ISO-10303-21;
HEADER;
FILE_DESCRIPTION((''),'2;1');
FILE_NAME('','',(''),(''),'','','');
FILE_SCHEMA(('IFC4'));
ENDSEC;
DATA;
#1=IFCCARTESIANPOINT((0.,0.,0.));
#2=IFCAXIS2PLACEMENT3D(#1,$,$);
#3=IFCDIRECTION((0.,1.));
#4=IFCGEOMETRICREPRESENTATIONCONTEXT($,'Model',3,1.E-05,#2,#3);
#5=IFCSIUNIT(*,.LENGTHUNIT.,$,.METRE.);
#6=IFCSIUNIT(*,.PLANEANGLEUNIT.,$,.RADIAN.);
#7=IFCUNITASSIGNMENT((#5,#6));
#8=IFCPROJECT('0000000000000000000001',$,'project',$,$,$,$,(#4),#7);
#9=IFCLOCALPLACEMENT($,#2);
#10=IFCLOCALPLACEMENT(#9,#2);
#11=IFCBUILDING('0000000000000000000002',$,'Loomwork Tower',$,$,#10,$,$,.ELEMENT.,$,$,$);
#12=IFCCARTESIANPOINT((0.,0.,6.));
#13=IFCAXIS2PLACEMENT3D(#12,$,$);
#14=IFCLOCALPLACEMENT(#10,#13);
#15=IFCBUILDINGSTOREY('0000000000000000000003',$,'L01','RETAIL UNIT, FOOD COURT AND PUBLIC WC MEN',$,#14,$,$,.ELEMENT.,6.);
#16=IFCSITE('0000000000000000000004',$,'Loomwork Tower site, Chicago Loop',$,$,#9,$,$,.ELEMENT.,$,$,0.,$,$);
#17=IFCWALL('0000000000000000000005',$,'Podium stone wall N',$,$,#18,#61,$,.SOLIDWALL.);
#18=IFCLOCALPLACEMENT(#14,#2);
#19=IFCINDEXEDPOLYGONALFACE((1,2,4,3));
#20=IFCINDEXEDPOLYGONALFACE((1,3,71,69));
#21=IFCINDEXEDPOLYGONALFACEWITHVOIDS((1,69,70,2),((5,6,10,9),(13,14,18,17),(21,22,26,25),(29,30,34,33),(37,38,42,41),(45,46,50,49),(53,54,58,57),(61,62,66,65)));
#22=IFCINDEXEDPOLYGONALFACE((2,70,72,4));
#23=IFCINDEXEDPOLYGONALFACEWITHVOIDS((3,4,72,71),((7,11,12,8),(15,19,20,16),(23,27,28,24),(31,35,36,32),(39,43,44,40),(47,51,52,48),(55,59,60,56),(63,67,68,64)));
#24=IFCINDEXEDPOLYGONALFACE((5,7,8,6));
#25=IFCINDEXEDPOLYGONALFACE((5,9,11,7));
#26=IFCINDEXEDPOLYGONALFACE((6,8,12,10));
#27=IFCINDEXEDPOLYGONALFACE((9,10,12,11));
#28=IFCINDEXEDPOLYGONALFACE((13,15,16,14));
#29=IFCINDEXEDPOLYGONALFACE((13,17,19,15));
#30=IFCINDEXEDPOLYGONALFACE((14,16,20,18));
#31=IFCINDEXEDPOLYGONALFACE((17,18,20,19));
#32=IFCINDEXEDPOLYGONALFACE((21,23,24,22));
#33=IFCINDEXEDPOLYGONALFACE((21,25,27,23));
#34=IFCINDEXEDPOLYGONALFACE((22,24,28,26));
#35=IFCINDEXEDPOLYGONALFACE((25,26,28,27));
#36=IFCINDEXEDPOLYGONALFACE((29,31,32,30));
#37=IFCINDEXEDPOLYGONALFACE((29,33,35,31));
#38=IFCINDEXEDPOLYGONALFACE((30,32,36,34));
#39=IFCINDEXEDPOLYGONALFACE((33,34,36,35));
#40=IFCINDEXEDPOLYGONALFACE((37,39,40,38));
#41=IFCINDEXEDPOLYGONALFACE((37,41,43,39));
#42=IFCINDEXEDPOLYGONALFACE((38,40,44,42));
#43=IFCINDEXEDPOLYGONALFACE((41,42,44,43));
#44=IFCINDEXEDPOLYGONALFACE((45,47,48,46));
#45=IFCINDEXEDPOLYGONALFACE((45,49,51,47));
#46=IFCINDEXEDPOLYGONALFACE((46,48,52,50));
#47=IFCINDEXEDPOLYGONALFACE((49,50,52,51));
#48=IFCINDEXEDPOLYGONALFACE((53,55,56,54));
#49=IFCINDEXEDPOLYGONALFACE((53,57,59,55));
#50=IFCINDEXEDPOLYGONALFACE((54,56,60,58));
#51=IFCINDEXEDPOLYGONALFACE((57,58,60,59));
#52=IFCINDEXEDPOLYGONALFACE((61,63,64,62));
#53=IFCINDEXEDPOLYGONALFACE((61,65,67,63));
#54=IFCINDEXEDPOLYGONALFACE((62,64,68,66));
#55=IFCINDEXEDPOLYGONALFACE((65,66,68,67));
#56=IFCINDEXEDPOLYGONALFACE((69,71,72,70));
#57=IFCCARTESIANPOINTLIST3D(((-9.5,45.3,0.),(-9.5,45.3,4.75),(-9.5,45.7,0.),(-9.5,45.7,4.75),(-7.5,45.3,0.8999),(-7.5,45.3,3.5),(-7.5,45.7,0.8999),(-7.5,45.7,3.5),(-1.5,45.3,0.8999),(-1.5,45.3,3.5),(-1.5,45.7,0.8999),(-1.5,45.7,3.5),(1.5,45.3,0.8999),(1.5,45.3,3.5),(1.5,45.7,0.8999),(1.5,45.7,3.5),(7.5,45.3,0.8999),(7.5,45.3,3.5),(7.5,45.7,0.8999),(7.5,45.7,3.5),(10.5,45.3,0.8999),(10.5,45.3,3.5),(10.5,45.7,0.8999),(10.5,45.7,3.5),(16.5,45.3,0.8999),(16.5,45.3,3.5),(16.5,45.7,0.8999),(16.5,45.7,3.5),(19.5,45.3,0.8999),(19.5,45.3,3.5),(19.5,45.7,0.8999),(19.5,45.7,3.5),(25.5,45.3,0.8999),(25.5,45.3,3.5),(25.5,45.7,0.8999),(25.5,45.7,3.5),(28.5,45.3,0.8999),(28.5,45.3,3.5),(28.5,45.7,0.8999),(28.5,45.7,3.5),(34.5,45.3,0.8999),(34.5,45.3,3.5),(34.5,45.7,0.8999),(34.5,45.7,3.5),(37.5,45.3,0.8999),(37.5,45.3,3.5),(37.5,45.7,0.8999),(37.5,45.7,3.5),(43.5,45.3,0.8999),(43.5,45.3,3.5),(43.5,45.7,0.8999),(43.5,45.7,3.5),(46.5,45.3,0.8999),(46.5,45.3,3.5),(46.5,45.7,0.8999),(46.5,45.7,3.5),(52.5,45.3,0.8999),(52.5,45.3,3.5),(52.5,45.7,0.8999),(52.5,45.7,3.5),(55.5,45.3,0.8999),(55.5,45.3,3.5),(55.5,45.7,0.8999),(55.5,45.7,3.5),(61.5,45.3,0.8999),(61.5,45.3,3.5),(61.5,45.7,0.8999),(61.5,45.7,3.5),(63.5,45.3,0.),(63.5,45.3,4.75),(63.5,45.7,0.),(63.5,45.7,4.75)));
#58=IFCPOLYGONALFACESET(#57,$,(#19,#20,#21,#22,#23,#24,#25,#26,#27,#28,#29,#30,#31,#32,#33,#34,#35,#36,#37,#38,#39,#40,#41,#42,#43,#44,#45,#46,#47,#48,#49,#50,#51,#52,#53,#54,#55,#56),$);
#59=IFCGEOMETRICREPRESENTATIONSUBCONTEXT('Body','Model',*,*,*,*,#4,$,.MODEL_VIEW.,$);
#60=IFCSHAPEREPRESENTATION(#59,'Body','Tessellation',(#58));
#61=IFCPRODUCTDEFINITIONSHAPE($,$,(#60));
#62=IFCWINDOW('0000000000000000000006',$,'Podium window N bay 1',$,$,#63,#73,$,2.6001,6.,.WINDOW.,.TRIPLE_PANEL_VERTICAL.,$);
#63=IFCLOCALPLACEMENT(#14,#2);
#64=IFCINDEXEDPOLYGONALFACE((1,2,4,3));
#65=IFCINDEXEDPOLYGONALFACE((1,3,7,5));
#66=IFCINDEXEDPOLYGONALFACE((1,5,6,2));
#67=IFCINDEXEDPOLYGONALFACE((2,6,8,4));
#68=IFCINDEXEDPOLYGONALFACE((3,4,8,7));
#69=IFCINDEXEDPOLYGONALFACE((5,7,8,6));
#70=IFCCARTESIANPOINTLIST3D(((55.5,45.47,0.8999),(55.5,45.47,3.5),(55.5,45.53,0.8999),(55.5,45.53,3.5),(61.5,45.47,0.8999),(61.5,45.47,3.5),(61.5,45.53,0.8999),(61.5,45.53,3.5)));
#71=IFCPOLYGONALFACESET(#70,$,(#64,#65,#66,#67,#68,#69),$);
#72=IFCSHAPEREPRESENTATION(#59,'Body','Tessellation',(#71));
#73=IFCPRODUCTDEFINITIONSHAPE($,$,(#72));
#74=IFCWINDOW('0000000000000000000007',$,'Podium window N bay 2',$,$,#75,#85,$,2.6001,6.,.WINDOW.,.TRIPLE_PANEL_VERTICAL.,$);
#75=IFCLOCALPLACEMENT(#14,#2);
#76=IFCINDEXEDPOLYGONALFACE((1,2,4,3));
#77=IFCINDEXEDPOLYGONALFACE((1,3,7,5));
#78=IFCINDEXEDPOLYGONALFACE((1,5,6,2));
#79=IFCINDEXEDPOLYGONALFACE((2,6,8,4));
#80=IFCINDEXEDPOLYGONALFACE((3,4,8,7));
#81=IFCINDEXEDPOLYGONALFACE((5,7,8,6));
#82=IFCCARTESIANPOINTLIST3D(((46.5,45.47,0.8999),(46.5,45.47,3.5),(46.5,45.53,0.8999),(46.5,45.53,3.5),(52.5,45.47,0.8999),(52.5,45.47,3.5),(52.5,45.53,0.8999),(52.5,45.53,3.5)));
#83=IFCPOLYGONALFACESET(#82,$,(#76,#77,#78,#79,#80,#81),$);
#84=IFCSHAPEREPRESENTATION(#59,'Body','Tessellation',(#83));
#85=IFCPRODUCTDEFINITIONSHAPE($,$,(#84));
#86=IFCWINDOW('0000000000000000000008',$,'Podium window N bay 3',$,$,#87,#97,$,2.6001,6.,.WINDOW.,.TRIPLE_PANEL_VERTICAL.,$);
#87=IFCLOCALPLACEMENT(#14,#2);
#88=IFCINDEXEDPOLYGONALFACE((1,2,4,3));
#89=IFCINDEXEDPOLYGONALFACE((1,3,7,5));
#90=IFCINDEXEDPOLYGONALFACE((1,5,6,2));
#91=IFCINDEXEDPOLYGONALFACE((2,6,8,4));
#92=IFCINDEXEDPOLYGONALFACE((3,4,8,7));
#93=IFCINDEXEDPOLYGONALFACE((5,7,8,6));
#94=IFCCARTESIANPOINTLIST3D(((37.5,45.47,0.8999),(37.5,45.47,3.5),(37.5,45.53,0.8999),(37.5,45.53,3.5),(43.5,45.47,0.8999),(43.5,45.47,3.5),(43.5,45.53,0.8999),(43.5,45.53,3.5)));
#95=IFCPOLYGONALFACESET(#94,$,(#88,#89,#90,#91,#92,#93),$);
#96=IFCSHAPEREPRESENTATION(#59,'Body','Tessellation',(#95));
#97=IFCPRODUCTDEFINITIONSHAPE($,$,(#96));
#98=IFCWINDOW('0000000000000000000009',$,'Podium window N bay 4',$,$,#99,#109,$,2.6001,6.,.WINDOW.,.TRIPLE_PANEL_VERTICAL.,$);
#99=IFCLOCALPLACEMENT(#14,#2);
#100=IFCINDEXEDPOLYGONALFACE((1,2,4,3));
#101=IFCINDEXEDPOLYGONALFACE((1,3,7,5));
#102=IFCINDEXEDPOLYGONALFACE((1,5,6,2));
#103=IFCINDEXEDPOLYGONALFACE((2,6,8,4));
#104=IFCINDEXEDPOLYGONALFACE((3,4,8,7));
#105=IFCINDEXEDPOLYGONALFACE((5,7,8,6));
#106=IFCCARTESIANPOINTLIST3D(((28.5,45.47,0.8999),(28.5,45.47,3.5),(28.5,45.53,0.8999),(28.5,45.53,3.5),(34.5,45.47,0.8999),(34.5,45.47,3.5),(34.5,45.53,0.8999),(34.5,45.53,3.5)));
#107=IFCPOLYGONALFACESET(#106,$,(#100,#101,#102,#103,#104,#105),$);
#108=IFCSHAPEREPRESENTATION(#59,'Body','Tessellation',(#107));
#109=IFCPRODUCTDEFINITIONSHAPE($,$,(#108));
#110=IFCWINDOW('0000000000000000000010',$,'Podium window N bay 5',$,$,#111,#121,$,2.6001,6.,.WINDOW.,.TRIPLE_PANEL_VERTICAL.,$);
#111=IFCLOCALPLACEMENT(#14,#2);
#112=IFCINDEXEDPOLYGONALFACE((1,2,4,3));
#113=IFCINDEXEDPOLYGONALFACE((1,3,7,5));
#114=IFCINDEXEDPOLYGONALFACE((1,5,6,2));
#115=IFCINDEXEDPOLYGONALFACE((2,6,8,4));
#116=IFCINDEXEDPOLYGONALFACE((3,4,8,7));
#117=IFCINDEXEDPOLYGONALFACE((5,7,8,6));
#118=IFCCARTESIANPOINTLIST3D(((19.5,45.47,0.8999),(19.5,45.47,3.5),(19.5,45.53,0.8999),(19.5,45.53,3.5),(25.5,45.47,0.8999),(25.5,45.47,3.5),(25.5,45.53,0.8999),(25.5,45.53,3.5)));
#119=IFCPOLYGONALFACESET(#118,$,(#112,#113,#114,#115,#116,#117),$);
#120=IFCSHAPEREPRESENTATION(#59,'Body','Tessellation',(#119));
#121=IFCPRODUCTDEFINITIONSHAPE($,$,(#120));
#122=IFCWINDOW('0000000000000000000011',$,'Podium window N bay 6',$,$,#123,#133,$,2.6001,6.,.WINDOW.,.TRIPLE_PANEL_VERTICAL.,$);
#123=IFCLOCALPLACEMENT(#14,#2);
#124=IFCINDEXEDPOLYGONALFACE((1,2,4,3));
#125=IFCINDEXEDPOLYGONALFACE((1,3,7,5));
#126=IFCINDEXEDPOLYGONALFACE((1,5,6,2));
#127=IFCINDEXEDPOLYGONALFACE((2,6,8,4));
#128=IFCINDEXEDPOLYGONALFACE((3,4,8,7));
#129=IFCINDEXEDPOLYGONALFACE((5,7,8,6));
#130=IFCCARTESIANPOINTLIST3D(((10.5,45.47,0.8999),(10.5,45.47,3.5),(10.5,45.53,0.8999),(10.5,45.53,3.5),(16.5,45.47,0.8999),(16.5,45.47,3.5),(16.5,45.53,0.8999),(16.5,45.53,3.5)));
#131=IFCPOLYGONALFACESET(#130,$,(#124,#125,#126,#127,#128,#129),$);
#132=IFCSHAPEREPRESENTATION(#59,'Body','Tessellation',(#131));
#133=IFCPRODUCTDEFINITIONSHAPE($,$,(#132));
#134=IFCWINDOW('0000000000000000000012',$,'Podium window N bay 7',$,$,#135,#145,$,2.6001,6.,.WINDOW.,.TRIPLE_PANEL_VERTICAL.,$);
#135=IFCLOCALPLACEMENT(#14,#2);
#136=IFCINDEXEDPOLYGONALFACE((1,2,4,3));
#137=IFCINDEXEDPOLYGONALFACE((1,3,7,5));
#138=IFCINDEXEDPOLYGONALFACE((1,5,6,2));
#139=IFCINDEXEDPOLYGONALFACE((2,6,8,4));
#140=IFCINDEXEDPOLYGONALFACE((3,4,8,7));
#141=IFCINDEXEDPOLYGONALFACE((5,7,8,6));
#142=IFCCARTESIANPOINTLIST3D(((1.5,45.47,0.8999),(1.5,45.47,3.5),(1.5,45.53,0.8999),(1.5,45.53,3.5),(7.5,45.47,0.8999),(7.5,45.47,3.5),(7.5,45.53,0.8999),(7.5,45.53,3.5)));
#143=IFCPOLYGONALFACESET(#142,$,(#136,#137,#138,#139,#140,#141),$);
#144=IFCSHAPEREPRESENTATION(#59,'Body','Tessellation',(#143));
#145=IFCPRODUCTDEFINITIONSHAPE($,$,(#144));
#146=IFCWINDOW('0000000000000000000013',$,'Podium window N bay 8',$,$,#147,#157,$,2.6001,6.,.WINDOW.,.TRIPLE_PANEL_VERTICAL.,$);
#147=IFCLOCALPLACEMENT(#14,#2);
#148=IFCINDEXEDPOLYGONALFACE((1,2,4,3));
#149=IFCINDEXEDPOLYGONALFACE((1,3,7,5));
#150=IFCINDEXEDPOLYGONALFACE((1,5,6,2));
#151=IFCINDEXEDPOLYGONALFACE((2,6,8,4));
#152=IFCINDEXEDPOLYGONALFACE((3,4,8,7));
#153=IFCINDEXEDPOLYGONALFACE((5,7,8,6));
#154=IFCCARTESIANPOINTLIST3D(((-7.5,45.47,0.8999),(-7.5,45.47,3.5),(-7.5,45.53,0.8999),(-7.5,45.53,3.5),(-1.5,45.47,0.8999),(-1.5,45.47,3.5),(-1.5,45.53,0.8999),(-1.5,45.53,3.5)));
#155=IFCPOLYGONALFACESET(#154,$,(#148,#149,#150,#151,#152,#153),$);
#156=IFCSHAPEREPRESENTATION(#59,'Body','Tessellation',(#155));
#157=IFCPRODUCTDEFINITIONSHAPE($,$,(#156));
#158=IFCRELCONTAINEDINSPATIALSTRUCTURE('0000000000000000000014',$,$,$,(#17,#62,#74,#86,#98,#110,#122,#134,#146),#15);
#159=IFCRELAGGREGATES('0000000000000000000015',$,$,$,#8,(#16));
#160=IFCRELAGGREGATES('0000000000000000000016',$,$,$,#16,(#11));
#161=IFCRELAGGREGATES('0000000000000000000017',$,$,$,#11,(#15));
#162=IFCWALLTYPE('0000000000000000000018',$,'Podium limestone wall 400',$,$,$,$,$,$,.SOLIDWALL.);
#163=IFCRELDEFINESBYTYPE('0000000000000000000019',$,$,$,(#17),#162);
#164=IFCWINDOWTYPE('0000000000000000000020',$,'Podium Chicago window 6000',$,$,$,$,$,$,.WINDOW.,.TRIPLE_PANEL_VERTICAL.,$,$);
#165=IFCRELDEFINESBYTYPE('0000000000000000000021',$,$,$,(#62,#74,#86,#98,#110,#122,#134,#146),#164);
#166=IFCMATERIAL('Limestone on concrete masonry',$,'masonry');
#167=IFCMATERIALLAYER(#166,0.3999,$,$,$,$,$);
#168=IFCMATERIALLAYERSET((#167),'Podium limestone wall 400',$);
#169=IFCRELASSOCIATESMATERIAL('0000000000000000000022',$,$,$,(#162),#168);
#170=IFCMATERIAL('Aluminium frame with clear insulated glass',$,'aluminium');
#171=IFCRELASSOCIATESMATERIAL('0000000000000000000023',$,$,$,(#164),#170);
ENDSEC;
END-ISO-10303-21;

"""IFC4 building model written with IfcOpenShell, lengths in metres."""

from ifc_helpers import new_model, si_unit, direction, frame, frame_2d, origin, place, context, subcontext, project, spatial, rectangle, extrude, material, layer, layer_set, type_object, element, fill, save


model = new_model("IFC4")

# Units and contexts
model_context = context("Model", 3, precision=1e-05, world=origin(), true_north=direction((0.0, 1.0)))
body_context = subcontext(model_context, "Body", "Model", "MODEL_VIEW")
ifc_project = project(units=[si_unit("LENGTHUNIT", "METRE"), si_unit("PLANEANGLEUNIT", "RADIAN")], contexts=[model_context])

# Site, building, storey
site_placement = place(None, origin())
site = spatial("IfcSite", under=ifc_project, at=site_placement, Name="Loomwork Tower site, Chicago Loop", CompositionType="ELEMENT", RefElevation=0.0)
building_placement = place(site_placement, origin())
building = spatial("IfcBuilding", under=site, at=building_placement, Name="Loomwork Tower", CompositionType="ELEMENT")
storey_placement = place(building_placement, frame((0.0, 0.0, 6.0)))
storey = spatial("IfcBuildingStorey", under=building, at=storey_placement, Name="L01", Description="RETAIL UNIT, FOOD COURT AND PUBLIC WC MEN", CompositionType="ELEMENT", Elevation=6.0)

# Wall, openings, windows
ifc_material_1 = material(Name="Limestone on concrete masonry", Category="masonry")
ifc_layer_1 = layer(ifc_material_1, 0.3999)
ifc_layer_set_1 = layer_set([ifc_layer_1], Name="Podium limestone wall 400")
wall_type_1 = type_object("IfcWallType", Name="Podium limestone wall 400", PredefinedType="SOLIDWALL", material=ifc_layer_set_1)
wall_1_placement = place(storey_placement, frame((63.5, 45.5, 0.0), z_axis=(0.0, 0.0, 1.0), x_axis=(-1.0, 0.0, 0.0)))
wall_1 = element("IfcWall", 1, at=wall_1_placement, inside=storey, type_object=wall_type_1, Name="Podium stone wall N", PredefinedType="SOLIDWALL", context=body_context, shape_type="SweptSolid", body=[
    extrude(rectangle(XDim=73.0, YDim=0.3999, at=frame_2d((36.5, 0.0))), origin(), (0.0, 0.0, 1.0), 4.75),
])
opening_1_placement = place(wall_1_placement, frame((2.0, 0.0, 0.8999)))
opening_1 = element("IfcOpeningElement", 2, at=opening_1_placement, cuts=wall_1, PredefinedType="OPENING", context=body_context, shape_type="SweptSolid", body=[
    extrude(rectangle(XDim=6.0, YDim=2.6001, at=frame_2d((3.0, 1.3))), frame((0.0, 0.21, 0.0), z_axis=(0.0, -1.0, 0.0), x_axis=(1.0, 0.0, 0.0)), (0.0, 0.0, 1.0), 0.4199),
])
opening_2_placement = place(wall_1_placement, frame((11.0, 0.0, 0.8999)))
opening_2 = element("IfcOpeningElement", 3, at=opening_2_placement, cuts=wall_1, PredefinedType="OPENING", context=body_context, shape_type="SweptSolid", body=[
    extrude(rectangle(XDim=6.0, YDim=2.6001, at=frame_2d((3.0, 1.3))), frame((0.0, 0.21, 0.0), z_axis=(0.0, -1.0, 0.0), x_axis=(1.0, 0.0, 0.0)), (0.0, 0.0, 1.0), 0.4199),
])
opening_3_placement = place(wall_1_placement, frame((20.0, 0.0, 0.8999)))
opening_3 = element("IfcOpeningElement", 4, at=opening_3_placement, cuts=wall_1, PredefinedType="OPENING", context=body_context, shape_type="SweptSolid", body=[
    extrude(rectangle(XDim=6.0, YDim=2.6001, at=frame_2d((3.0, 1.3))), frame((0.0, 0.21, 0.0), z_axis=(0.0, -1.0, 0.0), x_axis=(1.0, 0.0, 0.0)), (0.0, 0.0, 1.0), 0.4199),
])
opening_4_placement = place(wall_1_placement, frame((29.0, 0.0, 0.8999)))
opening_4 = element("IfcOpeningElement", 5, at=opening_4_placement, cuts=wall_1, PredefinedType="OPENING", context=body_context, shape_type="SweptSolid", body=[
    extrude(rectangle(XDim=6.0, YDim=2.6001, at=frame_2d((3.0, 1.3))), frame((0.0, 0.21, 0.0), z_axis=(0.0, -1.0, 0.0), x_axis=(1.0, 0.0, 0.0)), (0.0, 0.0, 1.0), 0.4199),
])
opening_5_placement = place(wall_1_placement, frame((38.0, 0.0, 0.8999)))
opening_5 = element("IfcOpeningElement", 6, at=opening_5_placement, cuts=wall_1, PredefinedType="OPENING", context=body_context, shape_type="SweptSolid", body=[
    extrude(rectangle(XDim=6.0, YDim=2.6001, at=frame_2d((3.0, 1.3))), frame((0.0, 0.21, 0.0), z_axis=(0.0, -1.0, 0.0), x_axis=(1.0, 0.0, 0.0)), (0.0, 0.0, 1.0), 0.4199),
])
opening_6_placement = place(wall_1_placement, frame((47.0, 0.0, 0.8999)))
opening_6 = element("IfcOpeningElement", 7, at=opening_6_placement, cuts=wall_1, PredefinedType="OPENING", context=body_context, shape_type="SweptSolid", body=[
    extrude(rectangle(XDim=6.0, YDim=2.6001, at=frame_2d((3.0, 1.3))), frame((0.0, 0.21, 0.0), z_axis=(0.0, -1.0, 0.0), x_axis=(1.0, 0.0, 0.0)), (0.0, 0.0, 1.0), 0.4199),
])
opening_7_placement = place(wall_1_placement, frame((56.0, 0.0, 0.8999)))
opening_7 = element("IfcOpeningElement", 8, at=opening_7_placement, cuts=wall_1, PredefinedType="OPENING", context=body_context, shape_type="SweptSolid", body=[
    extrude(rectangle(XDim=6.0, YDim=2.6001, at=frame_2d((3.0, 1.3))), frame((0.0, 0.21, 0.0), z_axis=(0.0, -1.0, 0.0), x_axis=(1.0, 0.0, 0.0)), (0.0, 0.0, 1.0), 0.4199),
])
opening_8_placement = place(wall_1_placement, frame((65.0, 0.0, 0.8999)))
opening_8 = element("IfcOpeningElement", 9, at=opening_8_placement, cuts=wall_1, PredefinedType="OPENING", context=body_context, shape_type="SweptSolid", body=[
    extrude(rectangle(XDim=6.0, YDim=2.6001, at=frame_2d((3.0, 1.3))), frame((0.0, 0.21, 0.0), z_axis=(0.0, -1.0, 0.0), x_axis=(1.0, 0.0, 0.0)), (0.0, 0.0, 1.0), 0.4199),
])
ifc_material_2 = material(Name="Aluminium frame with clear insulated glass", Category="aluminium")
window_type = type_object("IfcWindowType", Name="Podium Chicago window 6000", PartitioningType="TRIPLE_PANEL_VERTICAL", PredefinedType="WINDOW", material=ifc_material_2)
window_1_placement = place(opening_1_placement, origin())
window_1 = element("IfcWindow", 10, at=window_1_placement, inside=storey, type_object=window_type, Name="Podium window N bay 1", OverallHeight=2.6001, OverallWidth=6.0, PartitioningType="TRIPLE_PANEL_VERTICAL", PredefinedType="WINDOW", context=body_context, shape_type="SweptSolid", body=[
    extrude(rectangle(XDim=6.0, YDim=2.6001, at=frame_2d((3.0, 1.3))), frame((0.0, 0.03, 0.0), z_axis=(0.0, -1.0, 0.0), x_axis=(1.0, 0.0, 0.0)), (0.0, 0.0, 1.0), 0.0601),
])
fill(opening_1, window_1)
window_2_placement = place(opening_2_placement, origin())
window_2 = element("IfcWindow", 11, at=window_2_placement, inside=storey, type_object=window_type, Name="Podium window N bay 2", OverallHeight=2.6001, OverallWidth=6.0, PartitioningType="TRIPLE_PANEL_VERTICAL", PredefinedType="WINDOW", context=body_context, shape_type="SweptSolid", body=[
    extrude(rectangle(XDim=6.0, YDim=2.6001, at=frame_2d((3.0, 1.3))), frame((0.0, 0.03, 0.0), z_axis=(0.0, -1.0, 0.0), x_axis=(1.0, 0.0, 0.0)), (0.0, 0.0, 1.0), 0.0601),
])
fill(opening_2, window_2)
window_3_placement = place(opening_3_placement, origin())
window_3 = element("IfcWindow", 12, at=window_3_placement, inside=storey, type_object=window_type, Name="Podium window N bay 3", OverallHeight=2.6001, OverallWidth=6.0, PartitioningType="TRIPLE_PANEL_VERTICAL", PredefinedType="WINDOW", context=body_context, shape_type="SweptSolid", body=[
    extrude(rectangle(XDim=6.0, YDim=2.6001, at=frame_2d((3.0, 1.3))), frame((0.0, 0.03, 0.0), z_axis=(0.0, -1.0, 0.0), x_axis=(1.0, 0.0, 0.0)), (0.0, 0.0, 1.0), 0.0601),
])
fill(opening_3, window_3)
window_4_placement = place(opening_4_placement, origin())
window_4 = element("IfcWindow", 13, at=window_4_placement, inside=storey, type_object=window_type, Name="Podium window N bay 4", OverallHeight=2.6001, OverallWidth=6.0, PartitioningType="TRIPLE_PANEL_VERTICAL", PredefinedType="WINDOW", context=body_context, shape_type="SweptSolid", body=[
    extrude(rectangle(XDim=6.0, YDim=2.6001, at=frame_2d((3.0, 1.3))), frame((0.0, 0.03, 0.0), z_axis=(0.0, -1.0, 0.0), x_axis=(1.0, 0.0, 0.0)), (0.0, 0.0, 1.0), 0.0601),
])
fill(opening_4, window_4)
window_5_placement = place(opening_5_placement, origin())
window_5 = element("IfcWindow", 14, at=window_5_placement, inside=storey, type_object=window_type, Name="Podium window N bay 5", OverallHeight=2.6001, OverallWidth=6.0, PartitioningType="TRIPLE_PANEL_VERTICAL", PredefinedType="WINDOW", context=body_context, shape_type="SweptSolid", body=[
    extrude(rectangle(XDim=6.0, YDim=2.6001, at=frame_2d((3.0, 1.3))), frame((0.0, 0.03, 0.0), z_axis=(0.0, -1.0, 0.0), x_axis=(1.0, 0.0, 0.0)), (0.0, 0.0, 1.0), 0.0601),
])
fill(opening_5, window_5)
window_6_placement = place(opening_6_placement, origin())
window_6 = element("IfcWindow", 15, at=window_6_placement, inside=storey, type_object=window_type, Name="Podium window N bay 6", OverallHeight=2.6001, OverallWidth=6.0, PartitioningType="TRIPLE_PANEL_VERTICAL", PredefinedType="WINDOW", context=body_context, shape_type="SweptSolid", body=[
    extrude(rectangle(XDim=6.0, YDim=2.6001, at=frame_2d((3.0, 1.3))), frame((0.0, 0.03, 0.0), z_axis=(0.0, -1.0, 0.0), x_axis=(1.0, 0.0, 0.0)), (0.0, 0.0, 1.0), 0.0601),
])
fill(opening_6, window_6)
window_7_placement = place(opening_7_placement, origin())
window_7 = element("IfcWindow", 16, at=window_7_placement, inside=storey, type_object=window_type, Name="Podium window N bay 7", OverallHeight=2.6001, OverallWidth=6.0, PartitioningType="TRIPLE_PANEL_VERTICAL", PredefinedType="WINDOW", context=body_context, shape_type="SweptSolid", body=[
    extrude(rectangle(XDim=6.0, YDim=2.6001, at=frame_2d((3.0, 1.3))), frame((0.0, 0.03, 0.0), z_axis=(0.0, -1.0, 0.0), x_axis=(1.0, 0.0, 0.0)), (0.0, 0.0, 1.0), 0.0601),
])
fill(opening_7, window_7)
window_8_placement = place(opening_8_placement, origin())
window_8 = element("IfcWindow", 17, at=window_8_placement, inside=storey, type_object=window_type, Name="Podium window N bay 8", OverallHeight=2.6001, OverallWidth=6.0, PartitioningType="TRIPLE_PANEL_VERTICAL", PredefinedType="WINDOW", context=body_context, shape_type="SweptSolid", body=[
    extrude(rectangle(XDim=6.0, YDim=2.6001, at=frame_2d((3.0, 1.3))), frame((0.0, 0.03, 0.0), z_axis=(0.0, -1.0, 0.0), x_axis=(1.0, 0.0, 0.0)), (0.0, 0.0, 1.0), 0.0601),
])
fill(opening_8, window_8)

save(model, "model.ifc")
